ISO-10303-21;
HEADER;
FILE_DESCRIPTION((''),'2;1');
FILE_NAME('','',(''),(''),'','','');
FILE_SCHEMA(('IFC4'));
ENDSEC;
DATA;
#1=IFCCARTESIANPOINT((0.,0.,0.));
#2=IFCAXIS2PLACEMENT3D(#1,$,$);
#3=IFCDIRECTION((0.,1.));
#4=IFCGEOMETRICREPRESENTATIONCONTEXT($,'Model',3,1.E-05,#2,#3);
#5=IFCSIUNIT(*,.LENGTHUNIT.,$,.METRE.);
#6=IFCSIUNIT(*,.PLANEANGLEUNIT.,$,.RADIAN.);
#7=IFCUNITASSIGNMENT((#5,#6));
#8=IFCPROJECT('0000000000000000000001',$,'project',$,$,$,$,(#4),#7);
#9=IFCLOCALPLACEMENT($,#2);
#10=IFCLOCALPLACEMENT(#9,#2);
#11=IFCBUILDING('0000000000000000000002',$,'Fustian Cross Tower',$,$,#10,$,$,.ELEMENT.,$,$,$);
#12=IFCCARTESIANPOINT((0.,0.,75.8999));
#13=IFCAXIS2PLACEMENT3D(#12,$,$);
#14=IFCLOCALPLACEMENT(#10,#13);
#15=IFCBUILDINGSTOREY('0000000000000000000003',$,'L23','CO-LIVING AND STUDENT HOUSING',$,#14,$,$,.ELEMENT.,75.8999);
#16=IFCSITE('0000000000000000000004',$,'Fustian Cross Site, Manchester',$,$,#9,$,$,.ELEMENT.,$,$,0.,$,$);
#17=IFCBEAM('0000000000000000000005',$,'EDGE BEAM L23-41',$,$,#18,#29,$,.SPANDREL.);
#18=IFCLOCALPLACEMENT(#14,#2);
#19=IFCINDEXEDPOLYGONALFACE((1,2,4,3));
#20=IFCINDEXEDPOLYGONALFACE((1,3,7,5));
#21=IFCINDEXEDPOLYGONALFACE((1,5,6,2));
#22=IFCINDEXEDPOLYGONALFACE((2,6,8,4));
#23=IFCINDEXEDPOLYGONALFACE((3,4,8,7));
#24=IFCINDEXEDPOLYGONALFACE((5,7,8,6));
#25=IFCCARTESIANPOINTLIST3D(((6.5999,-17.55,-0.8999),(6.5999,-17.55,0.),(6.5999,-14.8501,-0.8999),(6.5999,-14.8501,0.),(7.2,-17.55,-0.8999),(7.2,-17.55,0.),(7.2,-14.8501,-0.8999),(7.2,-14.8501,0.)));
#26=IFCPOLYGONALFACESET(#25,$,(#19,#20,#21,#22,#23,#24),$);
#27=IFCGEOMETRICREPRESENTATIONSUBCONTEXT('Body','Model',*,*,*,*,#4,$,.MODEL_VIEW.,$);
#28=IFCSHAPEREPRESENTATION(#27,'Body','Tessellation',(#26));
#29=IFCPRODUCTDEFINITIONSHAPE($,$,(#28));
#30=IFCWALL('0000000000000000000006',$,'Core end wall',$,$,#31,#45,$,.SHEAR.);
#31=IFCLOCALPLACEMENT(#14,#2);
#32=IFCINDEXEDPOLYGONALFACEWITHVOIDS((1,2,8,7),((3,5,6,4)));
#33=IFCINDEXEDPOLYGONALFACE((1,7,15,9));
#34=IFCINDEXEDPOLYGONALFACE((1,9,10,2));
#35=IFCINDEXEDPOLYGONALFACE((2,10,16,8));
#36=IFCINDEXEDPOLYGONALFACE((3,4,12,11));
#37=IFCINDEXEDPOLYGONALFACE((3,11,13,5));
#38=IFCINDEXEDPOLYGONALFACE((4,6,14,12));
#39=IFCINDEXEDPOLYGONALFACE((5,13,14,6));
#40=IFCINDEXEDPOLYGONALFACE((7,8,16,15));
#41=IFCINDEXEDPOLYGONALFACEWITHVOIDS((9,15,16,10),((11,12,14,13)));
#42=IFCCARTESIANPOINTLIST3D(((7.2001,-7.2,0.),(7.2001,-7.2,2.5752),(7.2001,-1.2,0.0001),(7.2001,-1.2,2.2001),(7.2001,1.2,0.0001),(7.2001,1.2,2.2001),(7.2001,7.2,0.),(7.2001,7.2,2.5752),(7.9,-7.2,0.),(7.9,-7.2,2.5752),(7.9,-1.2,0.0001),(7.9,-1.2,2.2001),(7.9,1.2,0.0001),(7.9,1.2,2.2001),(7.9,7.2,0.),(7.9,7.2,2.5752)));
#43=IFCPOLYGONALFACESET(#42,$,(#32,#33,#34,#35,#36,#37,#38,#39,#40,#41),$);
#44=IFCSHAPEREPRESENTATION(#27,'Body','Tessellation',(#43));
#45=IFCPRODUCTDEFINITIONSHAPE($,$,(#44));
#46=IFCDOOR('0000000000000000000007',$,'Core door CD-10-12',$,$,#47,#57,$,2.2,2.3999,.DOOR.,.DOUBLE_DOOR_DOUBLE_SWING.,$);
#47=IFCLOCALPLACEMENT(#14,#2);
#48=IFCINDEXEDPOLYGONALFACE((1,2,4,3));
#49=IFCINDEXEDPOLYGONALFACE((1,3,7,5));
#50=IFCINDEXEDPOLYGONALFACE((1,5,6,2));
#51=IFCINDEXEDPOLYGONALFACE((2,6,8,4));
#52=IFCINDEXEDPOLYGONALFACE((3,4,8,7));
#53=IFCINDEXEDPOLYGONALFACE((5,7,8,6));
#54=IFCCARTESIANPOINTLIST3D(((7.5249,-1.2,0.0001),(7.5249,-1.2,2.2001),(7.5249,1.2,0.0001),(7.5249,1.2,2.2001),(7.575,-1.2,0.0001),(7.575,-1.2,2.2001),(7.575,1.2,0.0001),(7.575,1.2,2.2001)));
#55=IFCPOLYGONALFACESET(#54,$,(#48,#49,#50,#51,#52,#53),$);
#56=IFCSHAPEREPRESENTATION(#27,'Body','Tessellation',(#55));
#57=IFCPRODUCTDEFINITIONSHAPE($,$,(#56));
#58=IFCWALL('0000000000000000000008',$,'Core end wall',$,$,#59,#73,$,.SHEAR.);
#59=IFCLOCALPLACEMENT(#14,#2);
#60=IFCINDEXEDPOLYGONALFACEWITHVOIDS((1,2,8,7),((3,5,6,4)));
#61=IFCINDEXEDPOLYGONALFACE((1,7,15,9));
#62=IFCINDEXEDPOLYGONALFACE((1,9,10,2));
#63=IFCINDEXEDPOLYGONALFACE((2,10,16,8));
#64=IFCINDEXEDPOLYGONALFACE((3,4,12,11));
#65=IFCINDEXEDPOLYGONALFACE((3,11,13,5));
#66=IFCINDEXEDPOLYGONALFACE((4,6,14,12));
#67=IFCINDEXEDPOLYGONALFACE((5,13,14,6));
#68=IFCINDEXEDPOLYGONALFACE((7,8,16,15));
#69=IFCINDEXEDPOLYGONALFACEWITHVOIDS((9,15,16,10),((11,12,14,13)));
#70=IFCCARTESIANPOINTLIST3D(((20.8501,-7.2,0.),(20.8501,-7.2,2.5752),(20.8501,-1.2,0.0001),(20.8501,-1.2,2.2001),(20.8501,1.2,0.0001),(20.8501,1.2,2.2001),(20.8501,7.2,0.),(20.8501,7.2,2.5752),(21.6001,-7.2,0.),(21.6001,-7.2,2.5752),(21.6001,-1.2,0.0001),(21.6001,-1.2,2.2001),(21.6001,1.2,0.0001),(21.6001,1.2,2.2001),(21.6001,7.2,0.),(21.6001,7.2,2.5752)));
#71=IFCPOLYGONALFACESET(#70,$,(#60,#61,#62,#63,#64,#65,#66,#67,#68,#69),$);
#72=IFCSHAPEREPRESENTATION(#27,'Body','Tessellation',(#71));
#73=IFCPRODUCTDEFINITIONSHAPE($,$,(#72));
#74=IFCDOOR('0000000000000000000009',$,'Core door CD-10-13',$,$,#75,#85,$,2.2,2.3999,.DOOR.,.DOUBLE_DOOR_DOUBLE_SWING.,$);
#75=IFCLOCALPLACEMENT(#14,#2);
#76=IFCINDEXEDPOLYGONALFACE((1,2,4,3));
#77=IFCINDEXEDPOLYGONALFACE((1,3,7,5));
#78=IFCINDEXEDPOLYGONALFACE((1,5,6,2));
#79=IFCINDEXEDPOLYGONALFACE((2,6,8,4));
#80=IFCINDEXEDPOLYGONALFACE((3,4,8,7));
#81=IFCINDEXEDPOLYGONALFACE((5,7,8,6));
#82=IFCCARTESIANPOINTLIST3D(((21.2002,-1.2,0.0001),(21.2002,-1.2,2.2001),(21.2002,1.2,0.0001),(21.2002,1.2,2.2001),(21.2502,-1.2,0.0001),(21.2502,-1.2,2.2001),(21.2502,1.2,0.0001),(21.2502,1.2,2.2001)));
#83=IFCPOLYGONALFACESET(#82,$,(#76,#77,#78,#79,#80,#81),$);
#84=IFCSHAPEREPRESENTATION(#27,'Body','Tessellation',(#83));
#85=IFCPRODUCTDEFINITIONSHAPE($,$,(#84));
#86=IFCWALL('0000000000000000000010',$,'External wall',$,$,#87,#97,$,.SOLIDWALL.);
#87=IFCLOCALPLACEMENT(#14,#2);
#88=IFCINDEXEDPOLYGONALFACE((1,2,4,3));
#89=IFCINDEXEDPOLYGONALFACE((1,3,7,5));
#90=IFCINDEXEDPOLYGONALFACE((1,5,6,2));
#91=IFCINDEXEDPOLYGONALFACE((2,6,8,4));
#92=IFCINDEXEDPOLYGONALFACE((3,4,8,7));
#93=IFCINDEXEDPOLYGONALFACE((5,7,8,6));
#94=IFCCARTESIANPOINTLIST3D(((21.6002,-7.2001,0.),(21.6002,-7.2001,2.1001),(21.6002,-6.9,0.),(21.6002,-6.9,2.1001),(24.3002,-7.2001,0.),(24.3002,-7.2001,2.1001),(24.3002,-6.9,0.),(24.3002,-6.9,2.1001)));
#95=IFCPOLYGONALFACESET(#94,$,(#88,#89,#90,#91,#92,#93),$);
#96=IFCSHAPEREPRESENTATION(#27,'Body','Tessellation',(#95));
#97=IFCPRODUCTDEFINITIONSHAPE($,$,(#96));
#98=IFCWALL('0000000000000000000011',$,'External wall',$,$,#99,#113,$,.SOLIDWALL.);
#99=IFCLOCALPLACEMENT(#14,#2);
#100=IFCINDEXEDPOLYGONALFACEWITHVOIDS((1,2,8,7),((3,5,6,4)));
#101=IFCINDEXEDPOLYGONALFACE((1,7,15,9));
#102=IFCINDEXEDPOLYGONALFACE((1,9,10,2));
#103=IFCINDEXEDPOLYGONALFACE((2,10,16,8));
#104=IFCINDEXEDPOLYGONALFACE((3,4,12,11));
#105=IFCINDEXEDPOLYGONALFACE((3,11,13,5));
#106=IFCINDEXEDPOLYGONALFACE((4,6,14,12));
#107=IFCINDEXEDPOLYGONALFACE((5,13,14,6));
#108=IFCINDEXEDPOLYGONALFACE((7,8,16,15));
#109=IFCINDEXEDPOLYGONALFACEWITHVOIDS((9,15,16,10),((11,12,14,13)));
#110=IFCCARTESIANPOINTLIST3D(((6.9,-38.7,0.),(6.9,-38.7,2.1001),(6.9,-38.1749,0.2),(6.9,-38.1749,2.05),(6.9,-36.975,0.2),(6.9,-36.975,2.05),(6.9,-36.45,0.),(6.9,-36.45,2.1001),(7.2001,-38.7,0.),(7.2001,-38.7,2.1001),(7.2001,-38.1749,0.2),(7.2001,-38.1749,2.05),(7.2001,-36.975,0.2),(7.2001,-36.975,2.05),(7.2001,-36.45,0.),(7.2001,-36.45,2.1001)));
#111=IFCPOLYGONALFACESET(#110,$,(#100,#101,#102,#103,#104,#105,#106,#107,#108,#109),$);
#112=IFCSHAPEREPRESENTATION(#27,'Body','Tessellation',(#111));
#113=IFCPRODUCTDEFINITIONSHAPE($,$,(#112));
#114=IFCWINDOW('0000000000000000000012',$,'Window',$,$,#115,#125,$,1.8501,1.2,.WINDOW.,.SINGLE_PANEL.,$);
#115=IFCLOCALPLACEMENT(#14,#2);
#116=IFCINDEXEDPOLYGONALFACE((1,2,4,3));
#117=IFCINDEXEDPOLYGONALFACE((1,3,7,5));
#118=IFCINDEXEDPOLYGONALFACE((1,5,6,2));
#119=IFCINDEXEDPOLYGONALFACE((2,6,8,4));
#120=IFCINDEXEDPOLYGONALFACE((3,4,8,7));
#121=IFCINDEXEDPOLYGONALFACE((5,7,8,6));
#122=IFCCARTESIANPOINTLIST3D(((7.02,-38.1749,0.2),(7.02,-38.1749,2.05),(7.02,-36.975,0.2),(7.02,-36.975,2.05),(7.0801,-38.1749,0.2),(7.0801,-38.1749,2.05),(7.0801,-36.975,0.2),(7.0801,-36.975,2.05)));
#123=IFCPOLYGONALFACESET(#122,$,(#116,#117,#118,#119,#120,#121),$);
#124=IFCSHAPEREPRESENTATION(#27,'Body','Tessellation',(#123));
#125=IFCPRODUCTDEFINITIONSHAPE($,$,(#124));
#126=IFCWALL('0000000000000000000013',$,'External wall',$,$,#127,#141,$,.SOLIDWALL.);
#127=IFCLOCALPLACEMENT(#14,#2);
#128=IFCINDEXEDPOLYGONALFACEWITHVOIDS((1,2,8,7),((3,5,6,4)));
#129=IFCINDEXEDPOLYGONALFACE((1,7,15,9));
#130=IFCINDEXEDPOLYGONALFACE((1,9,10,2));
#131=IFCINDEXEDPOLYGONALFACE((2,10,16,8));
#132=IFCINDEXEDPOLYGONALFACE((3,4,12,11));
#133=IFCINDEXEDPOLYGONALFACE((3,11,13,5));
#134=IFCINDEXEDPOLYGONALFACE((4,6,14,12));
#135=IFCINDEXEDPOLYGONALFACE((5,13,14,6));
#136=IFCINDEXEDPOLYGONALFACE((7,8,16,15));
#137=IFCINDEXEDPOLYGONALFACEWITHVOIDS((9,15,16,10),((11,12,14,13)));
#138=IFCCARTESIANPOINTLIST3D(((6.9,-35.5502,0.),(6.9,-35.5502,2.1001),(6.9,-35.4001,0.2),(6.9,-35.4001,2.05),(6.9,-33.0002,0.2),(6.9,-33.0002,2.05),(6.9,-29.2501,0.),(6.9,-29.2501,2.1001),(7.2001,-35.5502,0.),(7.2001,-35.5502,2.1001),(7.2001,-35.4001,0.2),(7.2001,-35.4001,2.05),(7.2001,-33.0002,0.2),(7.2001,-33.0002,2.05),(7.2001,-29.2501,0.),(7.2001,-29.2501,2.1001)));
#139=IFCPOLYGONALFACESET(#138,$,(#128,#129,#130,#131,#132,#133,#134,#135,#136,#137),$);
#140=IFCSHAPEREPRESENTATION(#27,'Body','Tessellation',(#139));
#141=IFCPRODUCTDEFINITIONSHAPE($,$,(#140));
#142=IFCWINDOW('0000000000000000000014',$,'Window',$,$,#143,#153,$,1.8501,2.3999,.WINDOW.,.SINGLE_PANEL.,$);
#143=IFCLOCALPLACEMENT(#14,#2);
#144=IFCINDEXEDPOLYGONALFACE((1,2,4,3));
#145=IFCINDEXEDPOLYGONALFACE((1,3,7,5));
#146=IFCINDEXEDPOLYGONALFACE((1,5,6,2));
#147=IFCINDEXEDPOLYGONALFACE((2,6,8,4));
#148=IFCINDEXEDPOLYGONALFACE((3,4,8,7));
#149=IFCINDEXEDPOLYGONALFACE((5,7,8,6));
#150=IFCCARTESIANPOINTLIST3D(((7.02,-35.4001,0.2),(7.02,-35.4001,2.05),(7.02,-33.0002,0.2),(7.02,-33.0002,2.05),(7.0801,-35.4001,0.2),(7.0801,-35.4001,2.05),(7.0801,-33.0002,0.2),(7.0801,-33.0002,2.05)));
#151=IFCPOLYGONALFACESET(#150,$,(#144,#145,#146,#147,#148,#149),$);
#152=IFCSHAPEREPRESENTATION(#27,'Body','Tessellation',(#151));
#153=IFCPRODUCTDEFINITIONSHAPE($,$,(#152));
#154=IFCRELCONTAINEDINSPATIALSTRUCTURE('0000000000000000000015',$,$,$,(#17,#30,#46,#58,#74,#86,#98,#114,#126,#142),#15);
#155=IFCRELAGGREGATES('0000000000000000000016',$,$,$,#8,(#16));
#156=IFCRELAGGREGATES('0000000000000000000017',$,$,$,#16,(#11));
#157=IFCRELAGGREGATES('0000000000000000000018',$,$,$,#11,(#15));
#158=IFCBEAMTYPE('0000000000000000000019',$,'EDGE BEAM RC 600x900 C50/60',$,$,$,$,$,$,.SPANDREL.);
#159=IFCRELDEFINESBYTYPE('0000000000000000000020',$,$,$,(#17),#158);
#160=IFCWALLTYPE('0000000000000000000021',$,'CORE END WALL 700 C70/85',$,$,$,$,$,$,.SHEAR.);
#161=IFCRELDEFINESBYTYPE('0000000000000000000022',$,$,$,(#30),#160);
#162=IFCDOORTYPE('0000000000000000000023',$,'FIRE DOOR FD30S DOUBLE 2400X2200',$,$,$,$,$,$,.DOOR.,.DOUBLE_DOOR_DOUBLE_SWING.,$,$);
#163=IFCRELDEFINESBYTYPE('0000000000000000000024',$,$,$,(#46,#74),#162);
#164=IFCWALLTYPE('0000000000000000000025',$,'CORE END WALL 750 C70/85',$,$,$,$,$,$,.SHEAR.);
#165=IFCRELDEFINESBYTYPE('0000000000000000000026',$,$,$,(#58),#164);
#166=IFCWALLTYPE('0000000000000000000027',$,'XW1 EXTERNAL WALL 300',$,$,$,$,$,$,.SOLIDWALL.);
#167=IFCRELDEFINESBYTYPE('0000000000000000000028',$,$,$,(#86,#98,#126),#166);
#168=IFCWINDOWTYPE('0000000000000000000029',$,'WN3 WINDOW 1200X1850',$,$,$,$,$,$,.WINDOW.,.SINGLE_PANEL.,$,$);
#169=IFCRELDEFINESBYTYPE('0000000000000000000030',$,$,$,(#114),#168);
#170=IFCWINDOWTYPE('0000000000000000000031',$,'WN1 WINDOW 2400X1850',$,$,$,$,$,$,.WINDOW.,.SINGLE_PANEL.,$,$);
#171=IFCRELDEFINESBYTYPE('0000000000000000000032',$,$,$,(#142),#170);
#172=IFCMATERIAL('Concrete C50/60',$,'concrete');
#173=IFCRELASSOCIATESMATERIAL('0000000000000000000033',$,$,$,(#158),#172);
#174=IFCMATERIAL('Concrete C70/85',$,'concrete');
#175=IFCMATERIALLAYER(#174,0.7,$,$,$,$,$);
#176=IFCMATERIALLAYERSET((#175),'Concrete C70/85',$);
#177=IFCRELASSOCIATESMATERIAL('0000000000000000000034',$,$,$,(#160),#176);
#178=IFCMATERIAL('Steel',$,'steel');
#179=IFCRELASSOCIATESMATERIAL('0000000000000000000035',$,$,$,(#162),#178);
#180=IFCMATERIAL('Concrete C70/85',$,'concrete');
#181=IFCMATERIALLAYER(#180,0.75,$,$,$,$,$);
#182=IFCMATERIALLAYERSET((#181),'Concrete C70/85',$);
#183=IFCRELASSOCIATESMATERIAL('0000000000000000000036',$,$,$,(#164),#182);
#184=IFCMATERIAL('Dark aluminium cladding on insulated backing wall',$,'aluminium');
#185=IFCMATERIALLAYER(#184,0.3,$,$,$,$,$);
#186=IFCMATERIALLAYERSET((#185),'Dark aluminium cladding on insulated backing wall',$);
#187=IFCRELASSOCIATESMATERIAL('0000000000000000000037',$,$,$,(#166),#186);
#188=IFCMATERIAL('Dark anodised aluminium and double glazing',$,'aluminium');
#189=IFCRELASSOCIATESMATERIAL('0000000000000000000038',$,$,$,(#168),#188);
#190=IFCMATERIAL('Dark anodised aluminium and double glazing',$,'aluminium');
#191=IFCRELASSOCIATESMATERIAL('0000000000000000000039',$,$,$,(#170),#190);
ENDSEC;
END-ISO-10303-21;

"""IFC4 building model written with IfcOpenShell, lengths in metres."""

from ifc_helpers import new_model, si_unit, direction, frame, frame_2d, origin, origin_2d, place, context, subcontext, project, spatial, rectangle, extrude, material, layer, layer_set, material_profile, profile_set, type_object, element, fill, save


model = new_model("IFC4")

# Units and contexts
model_context = context("Model", 3, precision=1e-05, world=origin(), true_north=direction((0.0, 1.0)))
body_context = subcontext(model_context, "Body", "Model", "MODEL_VIEW")
ifc_project = project(units=[si_unit("LENGTHUNIT", "METRE"), si_unit("PLANEANGLEUNIT", "RADIAN")], contexts=[model_context])

# Site, building, storey
site_placement = place(None, origin())
site = spatial("IfcSite", under=ifc_project, at=site_placement, Name="Fustian Cross Site, Manchester", CompositionType="ELEMENT", RefElevation=0.0)
building_placement = place(site_placement, origin())
building = spatial("IfcBuilding", under=site, at=building_placement, Name="Fustian Cross Tower", CompositionType="ELEMENT")
storey_placement = place(building_placement, frame((0.0, 0.0, 75.8999)))
storey = spatial("IfcBuildingStorey", under=building, at=storey_placement, Name="L23", Description="CO-LIVING AND STUDENT HOUSING", CompositionType="ELEMENT", Elevation=75.8999)

# Beam
ifc_material_1 = material(Name="Concrete C50/60", Category="concrete")
ifc_material_profile = material_profile(ifc_material_1, rectangle(XDim=0.6001, YDim=0.8999, at=origin_2d()), Name="RC 600x900")
ifc_profile_set = profile_set([ifc_material_profile], Name="Concrete C50/60")
beam_type = type_object("IfcBeamType", Name="EDGE BEAM RC 600x900 C50/60", PredefinedType="SPANDREL", material=ifc_profile_set)
beam_placement = place(storey_placement, frame((6.8999, -17.55, -0.45), z_axis=(0.0, 1.0, 0.0), x_axis=(-1.0, 0.0, 0.0)))
element("IfcBeam", 1, at=beam_placement, inside=storey, type_object=beam_type, Name="EDGE BEAM L23-41", PredefinedType="SPANDREL", context=body_context, shape_type="SweptSolid", body=[
    extrude(rectangle(XDim=0.6001, YDim=0.8999, at=origin_2d()), origin(), (0.0, 0.0, 1.0), 2.7),
])

# Walls, openings, doors
ifc_material_2 = material(Name="Concrete C70/85", Category="concrete")
ifc_layer_1 = layer(ifc_material_2, 0.7)
ifc_layer_set_1 = layer_set([ifc_layer_1], Name="Concrete C70/85")
wall_type_1 = type_object("IfcWallType", Name="CORE END WALL 700 C70/85", PredefinedType="SHEAR", material=ifc_layer_set_1)
wall_1_placement = place(storey_placement, frame((7.55, -7.2, 0.0), z_axis=(0.0, 0.0, 1.0), x_axis=(0.0, 1.0, 0.0)))
wall_1 = element("IfcWall", 2, at=wall_1_placement, inside=storey, type_object=wall_type_1, Name="Core end wall", PredefinedType="SHEAR", context=body_context, shape_type="SweptSolid", body=[
    extrude(rectangle(XDim=14.3999, YDim=0.7, at=frame_2d((7.2, 0.0))), origin(), (0.0, 0.0, 1.0), 2.5752),
])
opening_1_placement = place(wall_1_placement, frame((6.0, 0.0, 0.0)))
opening_1 = element("IfcOpeningElement", 3, at=opening_1_placement, cuts=wall_1, PredefinedType="OPENING", context=body_context, shape_type="SweptSolid", body=[
    extrude(rectangle(XDim=2.3999, YDim=2.2, at=frame_2d((1.2, 1.1001))), frame((0.0, 0.3599, 0.0), z_axis=(0.0, -1.0, 0.0), x_axis=(1.0, 0.0, 0.0)), (0.0, 0.0, 1.0), 0.72),
])
ifc_material_3 = material(Name="Steel", Category="steel")
door_type = type_object("IfcDoorType", Name="FIRE DOOR FD30S DOUBLE 2400X2200", OperationType="DOUBLE_DOOR_DOUBLE_SWING", PredefinedType="DOOR", material=ifc_material_3)
door_1_placement = place(opening_1_placement, frame((2.3999, 0.0, 0.0), z_axis=(0.0, 0.0, 1.0), x_axis=(-1.0, 0.0, 0.0)))
door_1 = element("IfcDoor", 4, at=door_1_placement, inside=storey, type_object=door_type, Name="Core door CD-10-12", OperationType="DOUBLE_DOOR_DOUBLE_SWING", OverallHeight=2.2, OverallWidth=2.3999, PredefinedType="DOOR", context=body_context, shape_type="SweptSolid", body=[
    extrude(rectangle(XDim=2.3999, YDim=2.2, at=frame_2d((1.2, 1.1001))), frame((0.0, 0.0249, 0.0), z_axis=(0.0, -1.0, 0.0), x_axis=(1.0, 0.0, 0.0)), (0.0, 0.0, 1.0), 0.05),
])
fill(opening_1, door_1)
ifc_material_4 = material(Name="Concrete C70/85", Category="concrete")
ifc_layer_2 = layer(ifc_material_4, 0.75)
ifc_layer_set_2 = layer_set([ifc_layer_2], Name="Concrete C70/85")
wall_type_2 = type_object("IfcWallType", Name="CORE END WALL 750 C70/85", PredefinedType="SHEAR", material=ifc_layer_set_2)
wall_2_placement = place(storey_placement, frame((21.2251, -7.2, 0.0), z_axis=(0.0, 0.0, 1.0), x_axis=(0.0, 1.0, 0.0)))
wall_2 = element("IfcWall", 5, at=wall_2_placement, inside=storey, type_object=wall_type_2, Name="Core end wall", PredefinedType="SHEAR", context=body_context, shape_type="SweptSolid", body=[
    extrude(rectangle(XDim=14.3999, YDim=0.75, at=frame_2d((7.2, 0.0))), origin(), (0.0, 0.0, 1.0), 2.5752),
])
opening_2_placement = place(wall_2_placement, frame((6.0, 0.0, 0.0)))
opening_2 = element("IfcOpeningElement", 6, at=opening_2_placement, cuts=wall_2, PredefinedType="OPENING", context=body_context, shape_type="SweptSolid", body=[
    extrude(rectangle(XDim=2.3999, YDim=2.2, at=frame_2d((1.2, 1.1001))), frame((0.0, 0.385, 0.0), z_axis=(0.0, -1.0, 0.0), x_axis=(1.0, 0.0, 0.0)), (0.0, 0.0, 1.0), 0.77),
])
door_2_placement = place(opening_2_placement, origin())
door_2 = element("IfcDoor", 7, at=door_2_placement, inside=storey, type_object=door_type, Name="Core door CD-10-13", OperationType="DOUBLE_DOOR_DOUBLE_SWING", OverallHeight=2.2, OverallWidth=2.3999, PredefinedType="DOOR", context=body_context, shape_type="SweptSolid", body=[
    extrude(rectangle(XDim=2.3999, YDim=2.2, at=frame_2d((1.2, 1.1001))), frame((0.0, 0.0249, 0.0), z_axis=(0.0, -1.0, 0.0), x_axis=(1.0, 0.0, 0.0)), (0.0, 0.0, 1.0), 0.05),
])
fill(opening_2, door_2)

# Wall
ifc_material_5 = material(Name="Dark aluminium cladding on insulated backing wall", Category="aluminium")
ifc_layer_3 = layer(ifc_material_5, 0.3)
ifc_layer_set_3 = layer_set([ifc_layer_3], Name="Dark aluminium cladding on insulated backing wall")
wall_type_3 = type_object("IfcWallType", Name="XW1 EXTERNAL WALL 300", PredefinedType="SOLIDWALL", material=ifc_layer_set_3)
wall_3_placement = place(storey_placement, frame((21.6001, -7.05, 0.0), z_axis=(0.0, 0.0, 1.0), x_axis=(1.0, 0.0, 0.0)))
element("IfcWall", 8, at=wall_3_placement, inside=storey, type_object=wall_type_3, Name="External wall", PredefinedType="SOLIDWALL", context=body_context, shape_type="SweptSolid", body=[
    extrude(rectangle(XDim=2.7, YDim=0.3, at=frame_2d((1.3501, 0.0))), origin(), (0.0, 0.0, 1.0), 2.1001),
])

# Walls, openings, windows
wall_4_placement = place(storey_placement, frame((7.05, -38.7, 0.0), z_axis=(0.0, 0.0, 1.0), x_axis=(0.0, 1.0, 0.0)))
wall_4 = element("IfcWall", 9, at=wall_4_placement, inside=storey, type_object=wall_type_3, Name="External wall", PredefinedType="SOLIDWALL", context=body_context, shape_type="SweptSolid", body=[
    extrude(rectangle(XDim=2.25, YDim=0.3, at=frame_2d((1.125, 0.0))), origin(), (0.0, 0.0, 1.0), 2.1001),
])
opening_3_placement = place(wall_4_placement, frame((0.5249, 0.0, 0.2)))
opening_3 = element("IfcOpeningElement", 10, at=opening_3_placement, cuts=wall_4, PredefinedType="OPENING", context=body_context, shape_type="SweptSolid", body=[
    extrude(rectangle(XDim=1.2, YDim=1.8501, at=frame_2d((0.6001, 0.925))), frame((0.0, 0.1599, 0.0), z_axis=(0.0, -1.0, 0.0), x_axis=(1.0, 0.0, 0.0)), (0.0, 0.0, 1.0), 0.3201),
])
ifc_material_6 = material(Name="Dark anodised aluminium and double glazing", Category="aluminium")
window_type_1 = type_object("IfcWindowType", Name="WN3 WINDOW 1200X1850", PartitioningType="SINGLE_PANEL", PredefinedType="WINDOW", material=ifc_material_6)
window_1_placement = place(opening_3_placement, origin())
window_1 = element("IfcWindow", 11, at=window_1_placement, inside=storey, type_object=window_type_1, Name="Window", OverallHeight=1.8501, OverallWidth=1.2, PartitioningType="SINGLE_PANEL", PredefinedType="WINDOW", context=body_context, shape_type="SweptSolid", body=[
    extrude(rectangle(XDim=1.2, YDim=1.8501, at=frame_2d((0.6001, 0.925))), frame((0.0, 0.03, 0.0), z_axis=(0.0, -1.0, 0.0), x_axis=(1.0, 0.0, 0.0)), (0.0, 0.0, 1.0), 0.0601),
])
fill(opening_3, window_1)
wall_5_placement = place(storey_placement, frame((7.05, -35.55, 0.0), z_axis=(0.0, 0.0, 1.0), x_axis=(0.0, 1.0, 0.0)))
wall_5 = element("IfcWall", 12, at=wall_5_placement, inside=storey, type_object=wall_type_3, Name="External wall", PredefinedType="SOLIDWALL", context=body_context, shape_type="SweptSolid", body=[
    extrude(rectangle(XDim=6.3, YDim=0.3, at=frame_2d((3.1499, 0.0))), origin(), (0.0, 0.0, 1.0), 2.1001),
])
opening_4_placement = place(wall_5_placement, frame((0.1499, 0.0, 0.2)))
opening_4 = element("IfcOpeningElement", 13, at=opening_4_placement, cuts=wall_5, PredefinedType="OPENING", context=body_context, shape_type="SweptSolid", body=[
    extrude(rectangle(XDim=2.3999, YDim=1.8501, at=frame_2d((1.2, 0.925))), frame((0.0, 0.1599, 0.0), z_axis=(0.0, -1.0, 0.0), x_axis=(1.0, 0.0, 0.0)), (0.0, 0.0, 1.0), 0.3201),
])
ifc_material_7 = material(Name="Dark anodised aluminium and double glazing", Category="aluminium")
window_type_2 = type_object("IfcWindowType", Name="WN1 WINDOW 2400X1850", PartitioningType="SINGLE_PANEL", PredefinedType="WINDOW", material=ifc_material_7)
window_2_placement = place(opening_4_placement, origin())
window_2 = element("IfcWindow", 14, at=window_2_placement, inside=storey, type_object=window_type_2, Name="Window", OverallHeight=1.8501, OverallWidth=2.3999, PartitioningType="SINGLE_PANEL", PredefinedType="WINDOW", context=body_context, shape_type="SweptSolid", body=[
    extrude(rectangle(XDim=2.3999, YDim=1.8501, at=frame_2d((1.2, 0.925))), frame((0.0, 0.03, 0.0), z_axis=(0.0, -1.0, 0.0), x_axis=(1.0, 0.0, 0.0)), (0.0, 0.0, 1.0), 0.0601),
])
fill(opening_4, window_2)

save(model, "model.ifc")
